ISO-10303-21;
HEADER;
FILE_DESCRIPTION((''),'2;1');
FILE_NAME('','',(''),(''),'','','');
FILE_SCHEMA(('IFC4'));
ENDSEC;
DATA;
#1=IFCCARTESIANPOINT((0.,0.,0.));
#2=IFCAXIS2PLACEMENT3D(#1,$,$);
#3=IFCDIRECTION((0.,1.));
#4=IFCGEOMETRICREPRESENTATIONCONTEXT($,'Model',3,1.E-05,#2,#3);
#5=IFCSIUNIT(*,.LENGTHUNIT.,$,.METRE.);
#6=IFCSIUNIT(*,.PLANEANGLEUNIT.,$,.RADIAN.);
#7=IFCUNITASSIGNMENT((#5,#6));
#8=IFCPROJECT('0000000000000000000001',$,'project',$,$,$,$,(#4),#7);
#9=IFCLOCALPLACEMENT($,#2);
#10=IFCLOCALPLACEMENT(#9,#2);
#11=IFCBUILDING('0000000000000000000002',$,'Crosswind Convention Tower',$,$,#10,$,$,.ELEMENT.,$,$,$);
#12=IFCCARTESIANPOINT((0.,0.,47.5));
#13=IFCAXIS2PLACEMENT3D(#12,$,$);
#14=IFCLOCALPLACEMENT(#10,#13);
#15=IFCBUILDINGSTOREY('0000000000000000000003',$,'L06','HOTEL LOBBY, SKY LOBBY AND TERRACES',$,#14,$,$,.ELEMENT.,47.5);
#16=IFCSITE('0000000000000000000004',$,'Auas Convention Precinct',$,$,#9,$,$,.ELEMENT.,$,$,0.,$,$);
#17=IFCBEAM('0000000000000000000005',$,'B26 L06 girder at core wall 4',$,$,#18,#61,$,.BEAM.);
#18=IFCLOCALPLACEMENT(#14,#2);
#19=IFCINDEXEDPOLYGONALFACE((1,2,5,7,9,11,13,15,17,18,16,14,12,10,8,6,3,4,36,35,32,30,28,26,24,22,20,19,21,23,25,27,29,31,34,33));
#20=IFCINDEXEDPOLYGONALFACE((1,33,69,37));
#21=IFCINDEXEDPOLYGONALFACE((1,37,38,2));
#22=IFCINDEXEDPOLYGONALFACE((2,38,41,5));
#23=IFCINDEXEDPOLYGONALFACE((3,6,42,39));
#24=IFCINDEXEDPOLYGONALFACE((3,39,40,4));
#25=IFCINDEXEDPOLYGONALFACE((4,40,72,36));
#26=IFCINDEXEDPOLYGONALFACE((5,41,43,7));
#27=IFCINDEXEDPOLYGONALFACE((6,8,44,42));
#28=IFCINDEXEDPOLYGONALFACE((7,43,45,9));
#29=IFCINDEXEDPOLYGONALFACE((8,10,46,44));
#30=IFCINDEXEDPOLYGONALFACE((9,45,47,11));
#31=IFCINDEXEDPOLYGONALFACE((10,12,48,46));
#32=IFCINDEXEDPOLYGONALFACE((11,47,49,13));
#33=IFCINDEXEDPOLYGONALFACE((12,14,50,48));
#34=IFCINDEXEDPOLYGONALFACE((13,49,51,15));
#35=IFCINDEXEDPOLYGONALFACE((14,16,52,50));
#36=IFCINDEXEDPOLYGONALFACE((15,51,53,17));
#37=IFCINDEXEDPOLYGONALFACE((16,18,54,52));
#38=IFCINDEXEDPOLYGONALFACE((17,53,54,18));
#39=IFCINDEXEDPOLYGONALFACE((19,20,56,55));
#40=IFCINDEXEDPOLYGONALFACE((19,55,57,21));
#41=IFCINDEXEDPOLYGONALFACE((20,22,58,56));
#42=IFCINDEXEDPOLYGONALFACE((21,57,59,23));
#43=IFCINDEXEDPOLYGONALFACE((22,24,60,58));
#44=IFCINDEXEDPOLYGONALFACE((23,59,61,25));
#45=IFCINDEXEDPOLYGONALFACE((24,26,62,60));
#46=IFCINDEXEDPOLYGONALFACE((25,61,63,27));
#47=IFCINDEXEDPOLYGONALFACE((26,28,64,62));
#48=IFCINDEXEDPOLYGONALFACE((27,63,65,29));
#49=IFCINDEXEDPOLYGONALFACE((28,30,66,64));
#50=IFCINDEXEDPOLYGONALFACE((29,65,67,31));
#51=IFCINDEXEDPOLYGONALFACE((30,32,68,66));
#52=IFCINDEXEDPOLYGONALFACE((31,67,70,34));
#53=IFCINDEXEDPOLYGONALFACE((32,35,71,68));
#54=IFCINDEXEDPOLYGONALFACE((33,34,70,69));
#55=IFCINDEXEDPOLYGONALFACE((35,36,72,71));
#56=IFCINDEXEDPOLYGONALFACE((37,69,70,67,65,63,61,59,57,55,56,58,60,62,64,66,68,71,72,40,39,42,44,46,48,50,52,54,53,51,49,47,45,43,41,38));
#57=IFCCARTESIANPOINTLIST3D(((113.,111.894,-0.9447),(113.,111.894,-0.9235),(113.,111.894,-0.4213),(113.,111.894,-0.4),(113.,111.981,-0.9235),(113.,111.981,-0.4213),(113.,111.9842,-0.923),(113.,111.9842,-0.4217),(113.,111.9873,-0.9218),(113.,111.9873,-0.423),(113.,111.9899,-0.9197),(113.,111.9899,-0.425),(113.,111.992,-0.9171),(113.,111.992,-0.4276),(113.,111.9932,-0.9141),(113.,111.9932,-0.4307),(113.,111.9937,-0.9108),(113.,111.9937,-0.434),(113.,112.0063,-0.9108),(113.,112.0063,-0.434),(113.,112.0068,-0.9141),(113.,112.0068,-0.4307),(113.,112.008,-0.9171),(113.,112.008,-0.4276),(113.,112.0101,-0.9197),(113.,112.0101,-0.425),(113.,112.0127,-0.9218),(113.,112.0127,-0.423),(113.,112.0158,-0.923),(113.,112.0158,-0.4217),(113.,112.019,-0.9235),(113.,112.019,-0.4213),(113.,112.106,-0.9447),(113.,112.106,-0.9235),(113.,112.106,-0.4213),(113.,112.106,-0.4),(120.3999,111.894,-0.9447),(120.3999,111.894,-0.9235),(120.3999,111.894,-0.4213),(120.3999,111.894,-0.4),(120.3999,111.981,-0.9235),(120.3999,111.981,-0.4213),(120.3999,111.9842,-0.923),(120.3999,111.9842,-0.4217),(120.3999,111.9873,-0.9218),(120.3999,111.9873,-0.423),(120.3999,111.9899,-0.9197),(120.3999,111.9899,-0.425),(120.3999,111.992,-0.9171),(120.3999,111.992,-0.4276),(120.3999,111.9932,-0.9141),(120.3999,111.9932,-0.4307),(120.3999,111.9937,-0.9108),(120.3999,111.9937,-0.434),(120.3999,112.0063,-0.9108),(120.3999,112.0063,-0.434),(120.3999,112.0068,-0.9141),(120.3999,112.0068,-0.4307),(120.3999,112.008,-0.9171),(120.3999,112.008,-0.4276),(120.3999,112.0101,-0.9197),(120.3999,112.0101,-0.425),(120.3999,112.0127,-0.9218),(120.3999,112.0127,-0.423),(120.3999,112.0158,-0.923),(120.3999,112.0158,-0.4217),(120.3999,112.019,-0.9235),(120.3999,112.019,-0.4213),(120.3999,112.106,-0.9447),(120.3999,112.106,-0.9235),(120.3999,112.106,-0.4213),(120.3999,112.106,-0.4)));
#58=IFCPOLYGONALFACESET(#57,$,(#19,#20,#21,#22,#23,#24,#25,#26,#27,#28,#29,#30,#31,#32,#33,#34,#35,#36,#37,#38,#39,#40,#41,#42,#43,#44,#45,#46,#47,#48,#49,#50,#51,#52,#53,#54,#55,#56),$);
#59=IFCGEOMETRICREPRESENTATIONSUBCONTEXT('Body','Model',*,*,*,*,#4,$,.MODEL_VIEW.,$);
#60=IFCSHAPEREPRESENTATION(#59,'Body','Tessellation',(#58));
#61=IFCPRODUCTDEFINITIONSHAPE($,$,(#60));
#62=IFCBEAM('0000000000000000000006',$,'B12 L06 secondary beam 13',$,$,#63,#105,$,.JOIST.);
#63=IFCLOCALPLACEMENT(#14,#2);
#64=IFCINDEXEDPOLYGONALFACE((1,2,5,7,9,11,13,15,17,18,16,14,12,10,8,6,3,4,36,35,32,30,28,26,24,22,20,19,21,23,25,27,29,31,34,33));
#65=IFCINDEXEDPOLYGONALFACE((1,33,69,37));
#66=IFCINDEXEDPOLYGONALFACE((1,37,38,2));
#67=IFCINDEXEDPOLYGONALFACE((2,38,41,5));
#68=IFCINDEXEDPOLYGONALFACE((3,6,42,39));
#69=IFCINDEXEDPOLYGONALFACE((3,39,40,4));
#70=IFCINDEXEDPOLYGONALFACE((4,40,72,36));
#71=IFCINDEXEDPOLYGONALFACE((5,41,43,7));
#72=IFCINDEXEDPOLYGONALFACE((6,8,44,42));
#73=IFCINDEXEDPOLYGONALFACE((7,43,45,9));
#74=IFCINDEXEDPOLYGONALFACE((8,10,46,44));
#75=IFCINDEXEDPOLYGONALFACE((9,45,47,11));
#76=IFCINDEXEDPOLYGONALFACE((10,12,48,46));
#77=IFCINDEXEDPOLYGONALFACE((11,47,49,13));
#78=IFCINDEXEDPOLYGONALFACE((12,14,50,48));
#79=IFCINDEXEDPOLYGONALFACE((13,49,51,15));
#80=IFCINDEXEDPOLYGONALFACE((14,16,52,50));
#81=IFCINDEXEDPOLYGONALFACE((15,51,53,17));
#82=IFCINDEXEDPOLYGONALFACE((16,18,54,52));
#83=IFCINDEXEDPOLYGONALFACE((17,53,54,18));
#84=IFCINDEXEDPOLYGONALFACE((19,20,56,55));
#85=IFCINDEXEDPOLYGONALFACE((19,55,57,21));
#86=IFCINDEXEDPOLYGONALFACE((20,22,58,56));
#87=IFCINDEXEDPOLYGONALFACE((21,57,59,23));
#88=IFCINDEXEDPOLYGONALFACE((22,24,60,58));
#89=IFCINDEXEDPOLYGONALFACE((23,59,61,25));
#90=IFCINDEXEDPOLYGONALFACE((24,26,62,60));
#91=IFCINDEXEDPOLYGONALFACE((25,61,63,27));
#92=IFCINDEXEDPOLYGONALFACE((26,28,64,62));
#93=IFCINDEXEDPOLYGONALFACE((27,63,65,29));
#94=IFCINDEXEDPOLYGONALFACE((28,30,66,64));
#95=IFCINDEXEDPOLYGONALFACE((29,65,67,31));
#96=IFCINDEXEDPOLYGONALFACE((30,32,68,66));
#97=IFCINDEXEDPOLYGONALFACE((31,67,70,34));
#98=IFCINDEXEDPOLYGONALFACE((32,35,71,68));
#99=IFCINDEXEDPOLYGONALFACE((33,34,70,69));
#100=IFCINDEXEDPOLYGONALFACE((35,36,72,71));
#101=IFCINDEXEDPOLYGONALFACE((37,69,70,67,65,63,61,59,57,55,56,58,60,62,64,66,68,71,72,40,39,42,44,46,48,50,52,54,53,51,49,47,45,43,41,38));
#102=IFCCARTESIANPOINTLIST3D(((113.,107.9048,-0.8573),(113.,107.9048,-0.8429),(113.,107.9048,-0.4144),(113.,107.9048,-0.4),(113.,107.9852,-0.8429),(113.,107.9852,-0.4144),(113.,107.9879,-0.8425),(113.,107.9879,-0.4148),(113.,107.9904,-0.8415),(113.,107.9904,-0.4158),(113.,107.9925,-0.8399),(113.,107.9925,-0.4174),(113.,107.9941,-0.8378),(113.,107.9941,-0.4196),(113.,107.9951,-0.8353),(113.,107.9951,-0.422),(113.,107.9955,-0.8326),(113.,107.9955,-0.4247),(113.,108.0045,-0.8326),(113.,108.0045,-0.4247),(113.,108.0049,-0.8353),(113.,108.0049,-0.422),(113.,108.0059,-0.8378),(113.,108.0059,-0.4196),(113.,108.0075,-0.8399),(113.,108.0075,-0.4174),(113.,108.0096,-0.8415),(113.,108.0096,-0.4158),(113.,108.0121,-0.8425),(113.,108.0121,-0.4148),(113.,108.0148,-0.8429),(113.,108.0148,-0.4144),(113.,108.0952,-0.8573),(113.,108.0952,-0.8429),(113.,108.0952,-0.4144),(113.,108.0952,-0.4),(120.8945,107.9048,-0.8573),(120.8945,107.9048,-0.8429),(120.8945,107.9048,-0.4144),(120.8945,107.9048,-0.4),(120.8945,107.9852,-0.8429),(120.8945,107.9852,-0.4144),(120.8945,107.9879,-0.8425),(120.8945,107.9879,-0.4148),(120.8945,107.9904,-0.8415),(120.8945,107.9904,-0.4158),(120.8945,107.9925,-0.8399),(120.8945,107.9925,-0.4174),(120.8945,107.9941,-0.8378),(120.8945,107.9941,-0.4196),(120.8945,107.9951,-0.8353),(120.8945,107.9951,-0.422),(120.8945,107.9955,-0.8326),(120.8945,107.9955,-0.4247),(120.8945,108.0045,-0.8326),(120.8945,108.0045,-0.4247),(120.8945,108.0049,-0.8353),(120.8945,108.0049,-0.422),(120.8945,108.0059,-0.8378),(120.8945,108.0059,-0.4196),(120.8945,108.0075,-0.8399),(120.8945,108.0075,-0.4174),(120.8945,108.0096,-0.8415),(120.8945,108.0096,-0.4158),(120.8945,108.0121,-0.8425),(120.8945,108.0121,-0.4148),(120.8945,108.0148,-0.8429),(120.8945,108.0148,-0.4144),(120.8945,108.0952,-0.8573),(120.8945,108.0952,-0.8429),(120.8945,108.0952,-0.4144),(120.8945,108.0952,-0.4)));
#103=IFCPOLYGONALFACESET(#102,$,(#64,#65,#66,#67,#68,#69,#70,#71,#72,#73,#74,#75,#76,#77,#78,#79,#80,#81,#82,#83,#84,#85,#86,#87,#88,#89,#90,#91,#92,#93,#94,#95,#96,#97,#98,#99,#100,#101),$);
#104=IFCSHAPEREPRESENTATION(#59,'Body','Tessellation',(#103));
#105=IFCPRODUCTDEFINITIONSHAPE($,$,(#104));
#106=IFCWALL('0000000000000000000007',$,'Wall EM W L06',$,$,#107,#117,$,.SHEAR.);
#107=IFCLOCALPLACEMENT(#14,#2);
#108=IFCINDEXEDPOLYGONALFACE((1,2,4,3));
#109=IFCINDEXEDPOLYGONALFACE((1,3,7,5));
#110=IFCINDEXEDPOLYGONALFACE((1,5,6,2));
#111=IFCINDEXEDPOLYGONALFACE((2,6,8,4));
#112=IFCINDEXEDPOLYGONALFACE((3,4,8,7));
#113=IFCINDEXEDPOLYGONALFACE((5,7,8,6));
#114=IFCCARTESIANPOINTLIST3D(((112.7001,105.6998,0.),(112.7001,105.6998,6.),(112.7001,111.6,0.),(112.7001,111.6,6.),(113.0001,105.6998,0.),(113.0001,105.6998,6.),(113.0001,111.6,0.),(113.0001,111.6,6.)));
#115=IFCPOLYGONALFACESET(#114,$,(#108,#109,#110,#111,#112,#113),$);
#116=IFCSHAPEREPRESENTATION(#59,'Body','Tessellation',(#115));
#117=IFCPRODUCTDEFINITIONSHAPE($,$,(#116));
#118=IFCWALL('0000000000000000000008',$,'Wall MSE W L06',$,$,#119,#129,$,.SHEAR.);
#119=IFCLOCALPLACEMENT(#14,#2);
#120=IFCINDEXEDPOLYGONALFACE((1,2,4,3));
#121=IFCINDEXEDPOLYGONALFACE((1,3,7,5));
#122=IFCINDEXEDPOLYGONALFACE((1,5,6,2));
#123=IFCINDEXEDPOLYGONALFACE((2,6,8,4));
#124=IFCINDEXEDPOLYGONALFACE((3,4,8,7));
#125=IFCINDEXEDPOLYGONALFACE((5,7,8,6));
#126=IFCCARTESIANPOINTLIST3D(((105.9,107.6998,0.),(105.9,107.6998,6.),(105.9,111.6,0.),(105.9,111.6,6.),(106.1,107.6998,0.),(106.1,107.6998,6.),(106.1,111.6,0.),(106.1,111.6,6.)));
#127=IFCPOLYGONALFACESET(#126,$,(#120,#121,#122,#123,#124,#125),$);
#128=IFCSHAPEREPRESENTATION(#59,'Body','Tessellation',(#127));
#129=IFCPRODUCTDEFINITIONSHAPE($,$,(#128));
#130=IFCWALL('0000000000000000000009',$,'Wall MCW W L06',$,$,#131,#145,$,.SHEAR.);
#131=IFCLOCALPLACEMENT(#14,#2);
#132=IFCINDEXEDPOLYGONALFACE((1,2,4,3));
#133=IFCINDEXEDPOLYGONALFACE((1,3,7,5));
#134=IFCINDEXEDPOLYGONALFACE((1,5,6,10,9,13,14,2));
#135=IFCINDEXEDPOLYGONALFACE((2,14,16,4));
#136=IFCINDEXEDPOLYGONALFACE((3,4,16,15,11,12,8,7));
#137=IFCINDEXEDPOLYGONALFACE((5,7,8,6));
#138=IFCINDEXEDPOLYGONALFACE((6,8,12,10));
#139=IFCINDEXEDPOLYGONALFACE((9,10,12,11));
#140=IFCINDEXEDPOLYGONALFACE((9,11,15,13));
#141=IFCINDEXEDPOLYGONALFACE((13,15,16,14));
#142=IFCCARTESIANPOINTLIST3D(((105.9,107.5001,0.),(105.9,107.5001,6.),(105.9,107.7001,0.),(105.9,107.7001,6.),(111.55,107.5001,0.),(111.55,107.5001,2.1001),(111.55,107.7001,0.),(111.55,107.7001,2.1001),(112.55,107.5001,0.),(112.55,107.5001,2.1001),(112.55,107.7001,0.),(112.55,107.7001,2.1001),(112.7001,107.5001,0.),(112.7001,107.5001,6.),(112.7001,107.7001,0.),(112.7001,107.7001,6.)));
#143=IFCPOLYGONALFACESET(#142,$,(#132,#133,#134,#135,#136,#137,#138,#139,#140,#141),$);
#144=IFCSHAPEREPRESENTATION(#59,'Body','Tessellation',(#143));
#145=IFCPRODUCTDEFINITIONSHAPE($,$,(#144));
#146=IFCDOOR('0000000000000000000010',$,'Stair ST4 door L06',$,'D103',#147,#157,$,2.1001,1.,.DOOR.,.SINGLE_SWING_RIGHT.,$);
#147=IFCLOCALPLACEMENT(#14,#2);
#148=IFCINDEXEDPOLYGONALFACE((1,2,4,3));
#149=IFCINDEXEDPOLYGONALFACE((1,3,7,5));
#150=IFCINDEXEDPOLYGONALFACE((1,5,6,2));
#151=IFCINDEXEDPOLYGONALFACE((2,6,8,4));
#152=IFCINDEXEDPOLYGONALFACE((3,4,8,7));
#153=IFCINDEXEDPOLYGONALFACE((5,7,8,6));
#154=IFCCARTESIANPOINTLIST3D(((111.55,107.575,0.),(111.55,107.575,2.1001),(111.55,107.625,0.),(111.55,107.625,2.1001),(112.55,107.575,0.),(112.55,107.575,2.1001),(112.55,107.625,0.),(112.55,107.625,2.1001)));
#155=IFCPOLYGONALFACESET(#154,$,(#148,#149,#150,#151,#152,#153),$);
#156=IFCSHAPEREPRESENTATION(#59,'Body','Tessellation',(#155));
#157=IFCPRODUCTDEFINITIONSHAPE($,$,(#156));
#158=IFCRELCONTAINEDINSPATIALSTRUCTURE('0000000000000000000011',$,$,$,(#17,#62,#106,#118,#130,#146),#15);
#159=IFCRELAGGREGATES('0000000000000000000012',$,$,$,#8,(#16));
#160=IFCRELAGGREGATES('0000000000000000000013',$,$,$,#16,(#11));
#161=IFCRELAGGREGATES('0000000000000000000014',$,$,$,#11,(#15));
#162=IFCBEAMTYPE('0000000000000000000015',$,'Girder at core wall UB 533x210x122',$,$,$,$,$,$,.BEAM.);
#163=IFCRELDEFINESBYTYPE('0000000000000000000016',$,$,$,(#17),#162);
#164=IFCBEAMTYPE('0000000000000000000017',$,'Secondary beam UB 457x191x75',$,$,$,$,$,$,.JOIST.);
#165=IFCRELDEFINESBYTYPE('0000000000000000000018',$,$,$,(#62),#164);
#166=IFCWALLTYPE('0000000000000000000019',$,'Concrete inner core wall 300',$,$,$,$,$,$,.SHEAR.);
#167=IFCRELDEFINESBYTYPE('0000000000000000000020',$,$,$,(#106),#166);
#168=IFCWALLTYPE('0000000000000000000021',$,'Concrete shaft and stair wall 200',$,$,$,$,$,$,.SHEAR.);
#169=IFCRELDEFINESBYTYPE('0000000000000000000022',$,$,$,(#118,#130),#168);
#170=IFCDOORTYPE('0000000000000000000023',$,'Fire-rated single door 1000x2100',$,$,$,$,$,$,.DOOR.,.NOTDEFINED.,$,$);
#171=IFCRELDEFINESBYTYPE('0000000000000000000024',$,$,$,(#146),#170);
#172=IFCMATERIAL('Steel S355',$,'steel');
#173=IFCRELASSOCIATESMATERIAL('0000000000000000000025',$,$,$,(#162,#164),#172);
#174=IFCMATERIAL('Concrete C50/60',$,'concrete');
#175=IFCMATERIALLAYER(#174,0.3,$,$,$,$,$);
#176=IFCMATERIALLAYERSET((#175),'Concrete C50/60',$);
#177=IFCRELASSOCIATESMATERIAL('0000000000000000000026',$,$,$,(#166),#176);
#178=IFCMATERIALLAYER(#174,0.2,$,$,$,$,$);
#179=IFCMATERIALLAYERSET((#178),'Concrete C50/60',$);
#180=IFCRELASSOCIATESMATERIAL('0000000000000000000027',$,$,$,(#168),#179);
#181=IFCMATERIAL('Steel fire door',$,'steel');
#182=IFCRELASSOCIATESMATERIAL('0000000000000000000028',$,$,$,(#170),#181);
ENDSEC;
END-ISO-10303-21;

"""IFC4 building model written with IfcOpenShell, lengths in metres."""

from ifc_helpers import new_model, si_unit, direction, frame, frame_2d, origin, origin_2d, place, context, subcontext, project, spatial, rectangle, i_section, extrude, material, layer, layer_set, material_profile, profile_set, type_object, element, fill, save


model = new_model("IFC4")

# Units and contexts
model_context = context("Model", 3, precision=1e-05, world=origin(), true_north=direction((0.0, 1.0)))
body_context = subcontext(model_context, "Body", "Model", "MODEL_VIEW")
ifc_project = project(units=[si_unit("LENGTHUNIT", "METRE"), si_unit("PLANEANGLEUNIT", "RADIAN")], contexts=[model_context])

# Site, building, storey
site_placement = place(None, origin())
site = spatial("IfcSite", under=ifc_project, at=site_placement, Name="Auas Convention Precinct", CompositionType="ELEMENT", RefElevation=0.0)
building_placement = place(site_placement, origin())
building = spatial("IfcBuilding", under=site, at=building_placement, Name="Crosswind Convention Tower", CompositionType="ELEMENT")
storey_placement = place(building_placement, frame((0.0, 0.0, 47.5)))
storey = spatial("IfcBuildingStorey", under=building, at=storey_placement, Name="L06", Description="HOTEL LOBBY, SKY LOBBY AND TERRACES", CompositionType="ELEMENT", Elevation=47.5)

# Beams
ifc_material_1 = material(Name="Steel S355", Category="steel")
ifc_material_profile_1 = material_profile(ifc_material_1, i_section(OverallWidth=0.2119, OverallDepth=0.5447, WebThickness=0.0127, FlangeThickness=0.0212, FilletRadius=0.0127, at=origin_2d()), Name="UB 533x210x122")
ifc_profile_set_1 = profile_set([ifc_material_profile_1], Name="Steel S355")
beam_type_1 = type_object("IfcBeamType", Name="Girder at core wall UB 533x210x122", PredefinedType="BEAM", material=ifc_profile_set_1)
beam_1_placement = place(storey_placement, frame((113.0, 112.0, -0.6724), z_axis=(1.0, 0.0, 0.0), x_axis=(0.0, 1.0, 0.0)))
element("IfcBeam", 1, at=beam_1_placement, inside=storey, type_object=beam_type_1, Name="B26 L06 girder at core wall 4", PredefinedType="BEAM", context=body_context, shape_type="SweptSolid", body=[
    extrude(i_section(OverallWidth=0.2119, OverallDepth=0.5447, WebThickness=0.0127, FlangeThickness=0.0212, FilletRadius=0.0127, at=origin_2d()), origin(), (0.0, 0.0, 1.0), 7.3999),
])
ifc_material_profile_2 = material_profile(ifc_material_1, i_section(OverallWidth=0.1904, OverallDepth=0.4573, WebThickness=0.009, FlangeThickness=0.0144, FilletRadius=0.0103, at=origin_2d()), Name="UB 457x191x75")
ifc_profile_set_2 = profile_set([ifc_material_profile_2], Name="Steel S355")
beam_type_2 = type_object("IfcBeamType", Name="Secondary beam UB 457x191x75", PredefinedType="JOIST", material=ifc_profile_set_2)
beam_2_placement = place(storey_placement, frame((113.0, 108.0, -0.6287), z_axis=(1.0, 0.0, 0.0), x_axis=(0.0, 1.0, 0.0)))
element("IfcBeam", 2, at=beam_2_placement, inside=storey, type_object=beam_type_2, Name="B12 L06 secondary beam 13", PredefinedType="JOIST", context=body_context, shape_type="SweptSolid", body=[
    extrude(i_section(OverallWidth=0.1904, OverallDepth=0.4573, WebThickness=0.009, FlangeThickness=0.0144, FilletRadius=0.0103, at=origin_2d()), origin(), (0.0, 0.0, 1.0), 7.8945),
])

# Walls
ifc_material_2 = material(Name="Concrete C50/60", Category="concrete")
ifc_layer_1 = layer(ifc_material_2, 0.3)
ifc_layer_set_1 = layer_set([ifc_layer_1], Name="Concrete C50/60")
wall_type_1 = type_object("IfcWallType", Name="Concrete inner core wall 300", PredefinedType="SHEAR", material=ifc_layer_set_1)
wall_1_placement = place(storey_placement, frame((112.8501, 111.6001, 0.0), z_axis=(0.0, 0.0, 1.0), x_axis=(0.0, -1.0, 0.0)))
element("IfcWall", 3, at=wall_1_placement, inside=storey, type_object=wall_type_1, Name="Wall EM W L06", PredefinedType="SHEAR", context=body_context, shape_type="SweptSolid", body=[
    extrude(rectangle(XDim=5.9001, YDim=0.3, at=frame_2d((2.9502, 0.0))), origin(), (0.0, 0.0, 1.0), 6.0),
])
ifc_layer_2 = layer(ifc_material_2, 0.2)
ifc_layer_set_2 = layer_set([ifc_layer_2], Name="Concrete C50/60")
wall_type_2 = type_object("IfcWallType", Name="Concrete shaft and stair wall 200", PredefinedType="SHEAR", material=ifc_layer_set_2)
wall_2_placement = place(storey_placement, frame((106.0, 111.6001, 0.0), z_axis=(0.0, 0.0, 1.0), x_axis=(0.0, -1.0, 0.0)))
element("IfcWall", 4, at=wall_2_placement, inside=storey, type_object=wall_type_2, Name="Wall MSE W L06", PredefinedType="SHEAR", context=body_context, shape_type="SweptSolid", body=[
    extrude(rectangle(XDim=3.9001, YDim=0.2, at=frame_2d((1.9502, 0.0))), origin(), (0.0, 0.0, 1.0), 6.0),
])

# Wall, opening, door
wall_3_placement = place(storey_placement, frame((112.7, 107.6001, 0.0), z_axis=(0.0, 0.0, 1.0), x_axis=(-1.0, 0.0, 0.0)))
wall_3 = element("IfcWall", 5, at=wall_3_placement, inside=storey, type_object=wall_type_2, Name="Wall MCW W L06", PredefinedType="SHEAR", context=body_context, shape_type="SweptSolid", body=[
    extrude(rectangle(XDim=6.8, YDim=0.2, at=frame_2d((3.3999, 0.0))), origin(), (0.0, 0.0, 1.0), 6.0),
])
opening_1_placement = place(wall_3_placement, frame((0.1499, 0.0, 0.0)))
opening_1 = element("IfcOpeningElement", 6, at=opening_1_placement, cuts=wall_3, PredefinedType="OPENING", context=body_context, shape_type="SweptSolid", body=[
    extrude(rectangle(XDim=1.0, YDim=2.1001, at=frame_2d((0.5, 1.05))), frame((0.0, 0.1099, 0.0), z_axis=(0.0, -1.0, 0.0), x_axis=(1.0, 0.0, 0.0)), (0.0, 0.0, 1.0), 0.22),
])
ifc_material_3 = material(Name="Steel fire door", Category="steel")
door_type_1 = type_object("IfcDoorType", Name="Fire-rated single door 1000x2100", OperationType="NOTDEFINED", PredefinedType="DOOR", material=ifc_material_3)
door_1_placement = place(opening_1_placement, frame((1.0, 0.0, 0.0), z_axis=(0.0, 0.0, 1.0), x_axis=(-1.0, 0.0, 0.0)))
door_1 = element("IfcDoor", 7, at=door_1_placement, inside=storey, type_object=door_type_1, Name="Stair ST4 door L06", ObjectType="D103", OperationType="SINGLE_SWING_RIGHT", OverallHeight=2.1001, OverallWidth=1.0, PredefinedType="DOOR", context=body_context, shape_type="SweptSolid", body=[
    extrude(rectangle(XDim=1.0, YDim=2.1001, at=frame_2d((0.5, 1.05))), frame((0.0, 0.0249, 0.0), z_axis=(0.0, -1.0, 0.0), x_axis=(1.0, 0.0, 0.0)), (0.0, 0.0, 1.0), 0.05),
])
fill(opening_1, door_1)

save(model, "model.ifc")
